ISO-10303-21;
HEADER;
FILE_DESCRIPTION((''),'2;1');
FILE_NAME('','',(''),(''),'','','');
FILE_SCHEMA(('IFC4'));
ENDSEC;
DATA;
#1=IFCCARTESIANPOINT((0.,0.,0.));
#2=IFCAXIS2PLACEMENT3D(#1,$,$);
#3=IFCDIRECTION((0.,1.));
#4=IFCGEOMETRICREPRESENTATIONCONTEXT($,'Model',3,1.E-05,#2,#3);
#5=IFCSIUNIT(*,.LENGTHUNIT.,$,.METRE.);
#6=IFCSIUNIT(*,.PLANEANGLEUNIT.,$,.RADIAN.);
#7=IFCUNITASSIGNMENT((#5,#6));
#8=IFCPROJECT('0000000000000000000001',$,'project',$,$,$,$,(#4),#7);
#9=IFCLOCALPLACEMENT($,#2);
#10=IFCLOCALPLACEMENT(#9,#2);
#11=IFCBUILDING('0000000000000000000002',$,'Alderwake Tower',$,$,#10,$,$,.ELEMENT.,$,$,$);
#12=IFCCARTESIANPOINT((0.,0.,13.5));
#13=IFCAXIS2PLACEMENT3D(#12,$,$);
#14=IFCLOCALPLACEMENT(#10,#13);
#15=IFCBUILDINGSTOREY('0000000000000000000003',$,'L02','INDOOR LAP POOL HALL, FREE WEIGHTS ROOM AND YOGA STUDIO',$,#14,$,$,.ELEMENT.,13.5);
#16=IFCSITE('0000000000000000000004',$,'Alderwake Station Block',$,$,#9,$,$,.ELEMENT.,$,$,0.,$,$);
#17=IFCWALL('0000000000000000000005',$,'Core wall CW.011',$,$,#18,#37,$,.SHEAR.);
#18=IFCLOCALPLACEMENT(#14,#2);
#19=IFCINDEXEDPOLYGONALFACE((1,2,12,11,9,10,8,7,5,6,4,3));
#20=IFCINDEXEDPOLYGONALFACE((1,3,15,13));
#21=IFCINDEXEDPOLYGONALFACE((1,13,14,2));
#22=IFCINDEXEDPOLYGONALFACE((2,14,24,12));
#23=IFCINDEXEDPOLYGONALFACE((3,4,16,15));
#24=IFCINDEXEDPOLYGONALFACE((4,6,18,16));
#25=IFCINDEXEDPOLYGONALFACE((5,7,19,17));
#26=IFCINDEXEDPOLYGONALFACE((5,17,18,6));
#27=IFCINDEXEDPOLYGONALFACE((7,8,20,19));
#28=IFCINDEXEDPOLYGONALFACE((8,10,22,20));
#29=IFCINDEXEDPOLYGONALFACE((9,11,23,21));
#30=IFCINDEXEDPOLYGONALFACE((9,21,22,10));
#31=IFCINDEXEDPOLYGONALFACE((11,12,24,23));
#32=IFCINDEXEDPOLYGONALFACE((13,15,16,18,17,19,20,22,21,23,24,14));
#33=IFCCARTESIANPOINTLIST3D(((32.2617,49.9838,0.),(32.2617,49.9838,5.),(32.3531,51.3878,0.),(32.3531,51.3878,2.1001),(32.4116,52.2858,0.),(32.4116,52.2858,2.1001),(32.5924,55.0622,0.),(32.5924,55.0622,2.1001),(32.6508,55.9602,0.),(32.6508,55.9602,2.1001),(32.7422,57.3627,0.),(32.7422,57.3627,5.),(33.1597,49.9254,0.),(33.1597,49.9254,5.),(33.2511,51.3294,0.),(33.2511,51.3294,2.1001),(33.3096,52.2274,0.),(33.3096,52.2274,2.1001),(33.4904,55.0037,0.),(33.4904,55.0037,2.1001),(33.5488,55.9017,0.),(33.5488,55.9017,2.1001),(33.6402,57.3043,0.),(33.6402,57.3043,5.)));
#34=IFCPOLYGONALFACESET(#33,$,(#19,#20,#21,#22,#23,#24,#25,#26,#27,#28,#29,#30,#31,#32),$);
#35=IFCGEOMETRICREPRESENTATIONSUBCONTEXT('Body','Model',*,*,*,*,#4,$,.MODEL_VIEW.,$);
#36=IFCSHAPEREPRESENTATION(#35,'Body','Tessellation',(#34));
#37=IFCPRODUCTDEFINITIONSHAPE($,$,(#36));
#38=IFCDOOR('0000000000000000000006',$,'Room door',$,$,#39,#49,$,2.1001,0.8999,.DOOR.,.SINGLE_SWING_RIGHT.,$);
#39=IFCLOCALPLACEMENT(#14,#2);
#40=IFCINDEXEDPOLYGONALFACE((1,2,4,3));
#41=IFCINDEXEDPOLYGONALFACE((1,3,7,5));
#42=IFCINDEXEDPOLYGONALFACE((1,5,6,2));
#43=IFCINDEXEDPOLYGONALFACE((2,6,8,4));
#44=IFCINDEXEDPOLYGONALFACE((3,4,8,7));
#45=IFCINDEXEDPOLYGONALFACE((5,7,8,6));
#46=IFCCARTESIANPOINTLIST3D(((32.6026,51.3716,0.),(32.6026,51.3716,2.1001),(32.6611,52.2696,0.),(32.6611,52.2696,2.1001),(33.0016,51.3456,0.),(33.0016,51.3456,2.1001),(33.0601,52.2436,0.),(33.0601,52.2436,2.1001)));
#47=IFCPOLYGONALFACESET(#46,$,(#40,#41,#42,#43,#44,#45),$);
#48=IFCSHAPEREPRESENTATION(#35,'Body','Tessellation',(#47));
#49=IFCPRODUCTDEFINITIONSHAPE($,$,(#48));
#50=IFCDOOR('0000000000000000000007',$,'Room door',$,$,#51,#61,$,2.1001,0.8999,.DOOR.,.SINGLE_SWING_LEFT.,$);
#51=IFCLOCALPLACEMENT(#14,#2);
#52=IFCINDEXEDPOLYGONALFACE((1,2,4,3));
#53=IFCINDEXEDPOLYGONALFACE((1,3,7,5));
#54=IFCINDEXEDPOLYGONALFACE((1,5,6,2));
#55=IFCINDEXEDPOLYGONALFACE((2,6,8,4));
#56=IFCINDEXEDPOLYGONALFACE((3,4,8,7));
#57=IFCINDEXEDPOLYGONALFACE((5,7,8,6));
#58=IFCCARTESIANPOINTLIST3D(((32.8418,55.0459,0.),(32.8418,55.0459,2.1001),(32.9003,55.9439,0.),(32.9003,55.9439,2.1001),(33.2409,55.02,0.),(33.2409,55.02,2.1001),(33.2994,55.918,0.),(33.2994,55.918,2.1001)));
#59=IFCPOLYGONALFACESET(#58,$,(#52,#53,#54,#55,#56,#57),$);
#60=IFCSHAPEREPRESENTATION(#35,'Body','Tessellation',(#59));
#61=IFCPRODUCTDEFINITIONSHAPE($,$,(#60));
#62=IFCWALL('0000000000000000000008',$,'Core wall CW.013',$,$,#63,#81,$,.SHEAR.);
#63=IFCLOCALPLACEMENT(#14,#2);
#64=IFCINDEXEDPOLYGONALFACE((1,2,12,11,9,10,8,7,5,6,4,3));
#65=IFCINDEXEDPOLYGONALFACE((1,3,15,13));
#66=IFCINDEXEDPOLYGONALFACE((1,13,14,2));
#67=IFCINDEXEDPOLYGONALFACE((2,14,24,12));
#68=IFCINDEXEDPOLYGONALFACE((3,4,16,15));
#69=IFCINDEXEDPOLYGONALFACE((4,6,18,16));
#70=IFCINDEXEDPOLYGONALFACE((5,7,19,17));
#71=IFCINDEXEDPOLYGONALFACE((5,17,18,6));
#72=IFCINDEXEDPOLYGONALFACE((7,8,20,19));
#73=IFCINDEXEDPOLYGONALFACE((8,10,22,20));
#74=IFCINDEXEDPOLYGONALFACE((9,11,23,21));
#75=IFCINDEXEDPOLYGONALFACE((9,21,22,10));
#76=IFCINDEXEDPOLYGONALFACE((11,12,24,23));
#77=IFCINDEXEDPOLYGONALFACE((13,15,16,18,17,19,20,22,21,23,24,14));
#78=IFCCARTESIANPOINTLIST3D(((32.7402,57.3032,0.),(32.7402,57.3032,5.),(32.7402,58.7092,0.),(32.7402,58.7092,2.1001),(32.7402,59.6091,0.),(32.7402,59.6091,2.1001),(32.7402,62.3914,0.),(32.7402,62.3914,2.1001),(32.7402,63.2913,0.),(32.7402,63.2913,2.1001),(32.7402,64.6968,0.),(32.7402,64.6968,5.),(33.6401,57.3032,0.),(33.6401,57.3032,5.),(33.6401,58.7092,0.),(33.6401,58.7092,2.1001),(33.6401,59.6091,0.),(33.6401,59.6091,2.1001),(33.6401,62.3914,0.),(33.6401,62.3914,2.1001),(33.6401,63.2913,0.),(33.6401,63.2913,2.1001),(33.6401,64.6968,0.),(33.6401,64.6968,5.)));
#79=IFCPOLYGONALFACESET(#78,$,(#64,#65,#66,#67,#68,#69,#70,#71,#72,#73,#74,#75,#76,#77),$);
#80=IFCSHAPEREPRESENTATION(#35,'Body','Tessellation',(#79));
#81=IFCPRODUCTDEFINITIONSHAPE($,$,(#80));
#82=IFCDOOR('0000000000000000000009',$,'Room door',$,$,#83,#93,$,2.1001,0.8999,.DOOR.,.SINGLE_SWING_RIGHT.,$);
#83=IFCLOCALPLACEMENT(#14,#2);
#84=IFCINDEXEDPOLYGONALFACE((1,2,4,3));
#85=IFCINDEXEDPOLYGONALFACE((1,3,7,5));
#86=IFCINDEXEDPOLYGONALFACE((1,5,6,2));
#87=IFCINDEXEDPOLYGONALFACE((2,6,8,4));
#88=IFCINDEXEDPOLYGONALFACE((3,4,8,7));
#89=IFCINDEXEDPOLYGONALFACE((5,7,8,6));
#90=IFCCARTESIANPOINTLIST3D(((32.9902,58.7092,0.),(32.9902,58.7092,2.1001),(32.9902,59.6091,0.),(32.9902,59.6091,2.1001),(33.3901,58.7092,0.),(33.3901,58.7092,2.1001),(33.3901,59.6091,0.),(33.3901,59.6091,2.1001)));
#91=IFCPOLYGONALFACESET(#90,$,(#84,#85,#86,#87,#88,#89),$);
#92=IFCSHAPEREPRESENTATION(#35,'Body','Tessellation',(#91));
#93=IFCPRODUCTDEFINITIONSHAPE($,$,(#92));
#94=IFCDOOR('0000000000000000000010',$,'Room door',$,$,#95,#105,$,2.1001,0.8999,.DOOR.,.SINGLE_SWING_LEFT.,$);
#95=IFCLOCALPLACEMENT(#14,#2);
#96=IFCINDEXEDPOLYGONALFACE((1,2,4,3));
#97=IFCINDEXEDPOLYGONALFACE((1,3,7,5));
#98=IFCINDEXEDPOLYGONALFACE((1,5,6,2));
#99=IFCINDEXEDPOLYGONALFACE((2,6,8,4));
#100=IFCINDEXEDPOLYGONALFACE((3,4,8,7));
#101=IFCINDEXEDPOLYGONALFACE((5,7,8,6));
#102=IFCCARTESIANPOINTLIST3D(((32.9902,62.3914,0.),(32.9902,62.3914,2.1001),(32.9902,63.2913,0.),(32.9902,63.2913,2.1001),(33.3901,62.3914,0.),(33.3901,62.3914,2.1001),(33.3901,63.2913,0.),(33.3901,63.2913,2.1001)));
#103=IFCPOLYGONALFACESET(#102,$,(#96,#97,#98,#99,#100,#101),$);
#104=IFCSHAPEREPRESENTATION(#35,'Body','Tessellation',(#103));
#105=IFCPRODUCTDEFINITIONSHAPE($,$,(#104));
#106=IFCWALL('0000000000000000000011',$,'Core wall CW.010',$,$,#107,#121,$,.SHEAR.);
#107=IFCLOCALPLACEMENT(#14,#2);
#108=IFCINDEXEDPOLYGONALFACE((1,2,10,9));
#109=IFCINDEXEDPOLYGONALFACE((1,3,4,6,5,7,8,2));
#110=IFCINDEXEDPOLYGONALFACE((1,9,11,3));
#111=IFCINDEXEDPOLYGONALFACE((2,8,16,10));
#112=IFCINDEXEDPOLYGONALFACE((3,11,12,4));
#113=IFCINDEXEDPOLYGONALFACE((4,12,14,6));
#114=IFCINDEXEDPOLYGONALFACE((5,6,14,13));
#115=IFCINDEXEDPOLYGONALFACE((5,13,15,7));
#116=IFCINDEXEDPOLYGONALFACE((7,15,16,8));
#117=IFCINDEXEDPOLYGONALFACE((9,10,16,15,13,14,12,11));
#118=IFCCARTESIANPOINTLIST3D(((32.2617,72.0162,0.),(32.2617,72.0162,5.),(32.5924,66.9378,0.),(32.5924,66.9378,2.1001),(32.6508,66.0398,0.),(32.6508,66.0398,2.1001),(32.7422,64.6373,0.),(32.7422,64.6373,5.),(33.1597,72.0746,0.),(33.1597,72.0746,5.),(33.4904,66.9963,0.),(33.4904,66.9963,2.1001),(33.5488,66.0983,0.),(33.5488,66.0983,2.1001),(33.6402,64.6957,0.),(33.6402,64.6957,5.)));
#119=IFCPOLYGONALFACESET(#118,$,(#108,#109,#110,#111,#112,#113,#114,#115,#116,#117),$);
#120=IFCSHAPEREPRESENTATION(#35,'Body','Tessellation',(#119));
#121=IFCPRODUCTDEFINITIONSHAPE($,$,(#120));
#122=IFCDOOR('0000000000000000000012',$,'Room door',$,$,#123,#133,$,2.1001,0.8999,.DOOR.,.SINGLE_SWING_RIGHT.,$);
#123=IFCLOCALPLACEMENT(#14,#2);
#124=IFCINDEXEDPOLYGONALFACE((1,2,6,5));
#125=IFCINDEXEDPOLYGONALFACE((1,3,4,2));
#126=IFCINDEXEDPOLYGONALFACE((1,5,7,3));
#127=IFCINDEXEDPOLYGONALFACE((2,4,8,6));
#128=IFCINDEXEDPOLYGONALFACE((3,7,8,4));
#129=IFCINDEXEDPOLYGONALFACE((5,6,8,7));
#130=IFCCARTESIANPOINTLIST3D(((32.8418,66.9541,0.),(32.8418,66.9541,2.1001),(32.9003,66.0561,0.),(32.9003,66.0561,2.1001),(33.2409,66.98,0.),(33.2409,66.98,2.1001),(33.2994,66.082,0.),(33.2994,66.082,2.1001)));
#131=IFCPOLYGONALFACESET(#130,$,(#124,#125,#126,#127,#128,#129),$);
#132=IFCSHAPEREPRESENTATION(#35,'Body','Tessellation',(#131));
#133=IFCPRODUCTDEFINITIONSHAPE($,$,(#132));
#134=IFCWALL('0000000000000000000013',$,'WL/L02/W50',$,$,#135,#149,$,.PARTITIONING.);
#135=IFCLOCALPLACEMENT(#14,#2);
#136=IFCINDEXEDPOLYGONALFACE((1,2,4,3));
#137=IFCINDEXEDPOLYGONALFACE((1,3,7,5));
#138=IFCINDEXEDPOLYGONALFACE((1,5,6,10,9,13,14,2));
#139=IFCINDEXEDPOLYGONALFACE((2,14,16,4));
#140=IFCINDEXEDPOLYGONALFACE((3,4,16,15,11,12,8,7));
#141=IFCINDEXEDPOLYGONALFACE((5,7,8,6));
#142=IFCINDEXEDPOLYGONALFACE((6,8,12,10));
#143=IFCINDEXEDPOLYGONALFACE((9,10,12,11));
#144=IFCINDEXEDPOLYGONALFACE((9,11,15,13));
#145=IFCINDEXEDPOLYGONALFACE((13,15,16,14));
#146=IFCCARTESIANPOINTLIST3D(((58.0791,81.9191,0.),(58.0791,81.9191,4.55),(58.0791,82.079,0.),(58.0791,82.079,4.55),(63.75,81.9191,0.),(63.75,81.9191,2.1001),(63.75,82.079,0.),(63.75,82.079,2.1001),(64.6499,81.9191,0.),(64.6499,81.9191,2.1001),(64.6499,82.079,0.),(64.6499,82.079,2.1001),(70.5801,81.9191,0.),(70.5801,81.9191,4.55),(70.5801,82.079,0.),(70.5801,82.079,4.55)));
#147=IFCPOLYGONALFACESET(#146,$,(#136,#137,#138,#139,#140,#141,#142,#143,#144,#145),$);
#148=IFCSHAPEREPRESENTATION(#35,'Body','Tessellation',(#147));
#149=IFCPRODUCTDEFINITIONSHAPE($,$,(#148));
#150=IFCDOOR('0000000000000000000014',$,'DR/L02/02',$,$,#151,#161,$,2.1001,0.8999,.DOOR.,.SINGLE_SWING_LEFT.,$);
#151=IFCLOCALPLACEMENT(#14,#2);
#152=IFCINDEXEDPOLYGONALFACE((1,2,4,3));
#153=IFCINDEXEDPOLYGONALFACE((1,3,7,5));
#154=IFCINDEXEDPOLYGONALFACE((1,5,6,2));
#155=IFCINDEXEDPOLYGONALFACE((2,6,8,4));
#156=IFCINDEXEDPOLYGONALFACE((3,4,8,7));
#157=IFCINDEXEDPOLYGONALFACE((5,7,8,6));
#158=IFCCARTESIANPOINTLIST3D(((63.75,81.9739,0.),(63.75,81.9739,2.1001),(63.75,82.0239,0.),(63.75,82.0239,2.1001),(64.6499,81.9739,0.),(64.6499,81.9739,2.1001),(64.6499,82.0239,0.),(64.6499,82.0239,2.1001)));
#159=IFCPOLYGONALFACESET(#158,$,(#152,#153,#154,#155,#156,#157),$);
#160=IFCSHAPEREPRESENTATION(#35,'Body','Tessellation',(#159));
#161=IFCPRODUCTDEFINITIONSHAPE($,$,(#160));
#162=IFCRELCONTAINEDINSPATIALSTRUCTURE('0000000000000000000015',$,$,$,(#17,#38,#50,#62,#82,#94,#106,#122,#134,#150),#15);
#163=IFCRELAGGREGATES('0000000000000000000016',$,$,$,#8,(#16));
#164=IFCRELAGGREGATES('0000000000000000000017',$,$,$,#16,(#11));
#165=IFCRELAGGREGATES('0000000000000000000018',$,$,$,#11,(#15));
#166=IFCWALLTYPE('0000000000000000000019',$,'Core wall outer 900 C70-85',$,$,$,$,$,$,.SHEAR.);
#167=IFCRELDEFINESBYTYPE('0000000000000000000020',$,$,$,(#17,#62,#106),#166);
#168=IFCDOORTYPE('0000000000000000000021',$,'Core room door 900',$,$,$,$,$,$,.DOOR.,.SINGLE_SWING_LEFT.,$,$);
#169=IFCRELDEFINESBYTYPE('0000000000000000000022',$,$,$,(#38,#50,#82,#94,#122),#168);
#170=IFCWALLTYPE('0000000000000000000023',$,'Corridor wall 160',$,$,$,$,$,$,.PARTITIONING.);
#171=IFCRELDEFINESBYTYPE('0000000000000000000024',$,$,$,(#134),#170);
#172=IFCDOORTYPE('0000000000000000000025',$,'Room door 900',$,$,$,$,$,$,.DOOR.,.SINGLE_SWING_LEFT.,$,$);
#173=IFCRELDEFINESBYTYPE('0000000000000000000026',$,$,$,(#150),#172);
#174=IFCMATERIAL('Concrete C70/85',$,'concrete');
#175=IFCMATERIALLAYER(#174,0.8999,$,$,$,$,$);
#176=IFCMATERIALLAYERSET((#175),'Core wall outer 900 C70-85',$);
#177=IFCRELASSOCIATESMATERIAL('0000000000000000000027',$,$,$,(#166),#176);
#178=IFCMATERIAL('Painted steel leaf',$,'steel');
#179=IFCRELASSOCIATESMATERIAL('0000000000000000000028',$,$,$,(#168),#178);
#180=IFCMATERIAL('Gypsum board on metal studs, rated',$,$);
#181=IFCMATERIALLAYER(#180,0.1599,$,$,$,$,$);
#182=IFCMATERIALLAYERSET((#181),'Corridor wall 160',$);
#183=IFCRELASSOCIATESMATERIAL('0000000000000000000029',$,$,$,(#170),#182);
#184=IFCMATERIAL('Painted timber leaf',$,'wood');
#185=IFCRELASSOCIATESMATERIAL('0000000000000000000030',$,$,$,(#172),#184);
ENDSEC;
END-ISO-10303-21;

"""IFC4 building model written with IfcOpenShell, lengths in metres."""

from ifc_helpers import new_model, si_unit, direction, frame, frame_2d, origin, place, context, subcontext, project, spatial, rectangle, extrude, material, layer, layer_set, type_object, element, fill, save


model = new_model("IFC4")

# Units and contexts
model_context = context("Model", 3, precision=1e-05, world=origin(), true_north=direction((0.0, 1.0)))
body_context = subcontext(model_context, "Body", "Model", "MODEL_VIEW")
ifc_project = project(units=[si_unit("LENGTHUNIT", "METRE"), si_unit("PLANEANGLEUNIT", "RADIAN")], contexts=[model_context])

# Site, building, storey
site_placement = place(None, origin())
site = spatial("IfcSite", under=ifc_project, at=site_placement, Name="Alderwake Station Block", CompositionType="ELEMENT", RefElevation=0.0)
building_placement = place(site_placement, origin())
building = spatial("IfcBuilding", under=site, at=building_placement, Name="Alderwake Tower", CompositionType="ELEMENT")
storey_placement = place(building_placement, frame((0.0, 0.0, 13.5)))
storey = spatial("IfcBuildingStorey", under=building, at=storey_placement, Name="L02", Description="INDOOR LAP POOL HALL, FREE WEIGHTS ROOM AND YOGA STUDIO", CompositionType="ELEMENT", Elevation=13.5)

# Walls, openings, doors
ifc_material_1 = material(Name="Concrete C70/85", Category="concrete")
ifc_layer_1 = layer(ifc_material_1, 0.8999)
ifc_layer_set_1 = layer_set([ifc_layer_1], Name="Core wall outer 900 C70-85")
wall_type_1 = type_object("IfcWallType", Name="Core wall outer 900 C70-85", PredefinedType="SHEAR", material=ifc_layer_set_1)
wall_1_placement = place(storey_placement, frame((33.1912, 57.3335, 0.0), z_axis=(0.0, 0.0, 1.0), x_axis=(-0.064976, -0.997887, 0.0)))
wall_1 = element("IfcWall", 1, at=wall_1_placement, inside=storey, type_object=wall_type_1, Name="Core wall CW.011", PredefinedType="SHEAR", context=body_context, shape_type="SweptSolid", body=[
    extrude(rectangle(XDim=7.3945, YDim=0.8999, at=frame_2d((3.6973, 0.0))), origin(), (0.0, 0.0, 1.0), 5.0),
])
opening_1_placement = place(wall_1_placement, frame((5.0876, 0.0, 0.0)))
opening_1 = element("IfcOpeningElement", 2, at=opening_1_placement, cuts=wall_1, PredefinedType="OPENING", context=body_context, shape_type="SweptSolid", body=[
    extrude(rectangle(XDim=0.8999, YDim=2.1001, at=frame_2d((0.45, 1.05))), frame((0.0, 0.46, 0.0), z_axis=(0.0, -1.0, 0.0), x_axis=(1.0, 0.0, 0.0)), (0.0, 0.0, 1.0), 0.9199),
])
opening_2_placement = place(wall_1_placement, frame((1.4055, 0.0, 0.0)))
opening_2 = element("IfcOpeningElement", 3, at=opening_2_placement, cuts=wall_1, PredefinedType="OPENING", context=body_context, shape_type="SweptSolid", body=[
    extrude(rectangle(XDim=0.8999, YDim=2.1001, at=frame_2d((0.45, 1.05))), frame((0.0, 0.46, 0.0), z_axis=(0.0, -1.0, 0.0), x_axis=(1.0, 0.0, 0.0)), (0.0, 0.0, 1.0), 0.9199),
])
ifc_material_2 = material(Name="Painted steel leaf", Category="steel")
door_type_1 = type_object("IfcDoorType", Name="Core room door 900", OperationType="SINGLE_SWING_LEFT", PredefinedType="DOOR", material=ifc_material_2)
door_1_placement = place(opening_1_placement, origin())
door_1 = element("IfcDoor", 4, at=door_1_placement, inside=storey, type_object=door_type_1, Name="Room door", OperationType="SINGLE_SWING_RIGHT", OverallHeight=2.1001, OverallWidth=0.8999, PredefinedType="DOOR", context=body_context, shape_type="SweptSolid", body=[
    extrude(rectangle(XDim=0.8999, YDim=2.1001, at=frame_2d((0.45, 1.05))), frame((0.0, 0.2, 0.0), z_axis=(0.0, -1.0, 0.0), x_axis=(1.0, 0.0, 0.0)), (0.0, 0.0, 1.0), 0.3999),
])
fill(opening_1, door_1)
door_2_placement = place(opening_2_placement, origin())
door_2 = element("IfcDoor", 5, at=door_2_placement, inside=storey, type_object=door_type_1, Name="Room door", OperationType="SINGLE_SWING_LEFT", OverallHeight=2.1001, OverallWidth=0.8999, PredefinedType="DOOR", context=body_context, shape_type="SweptSolid", body=[
    extrude(rectangle(XDim=0.8999, YDim=2.1001, at=frame_2d((0.45, 1.05))), frame((0.0, 0.2, 0.0), z_axis=(0.0, -1.0, 0.0), x_axis=(1.0, 0.0, 0.0)), (0.0, 0.0, 1.0), 0.3999),
])
fill(opening_2, door_2)
wall_2_placement = place(storey_placement, frame((33.1902, 64.6968, 0.0), z_axis=(0.0, 0.0, 1.0), x_axis=(0.0, -1.0, 0.0)))
wall_2 = element("IfcWall", 6, at=wall_2_placement, inside=storey, type_object=wall_type_1, Name="Core wall CW.013", PredefinedType="SHEAR", context=body_context, shape_type="SweptSolid", body=[
    extrude(rectangle(XDim=7.3936, YDim=0.8999, at=frame_2d((3.6968, 0.0))), origin(), (0.0, 0.0, 1.0), 5.0),
])
opening_3_placement = place(wall_2_placement, frame((5.0876, 0.0, 0.0)))
opening_3 = element("IfcOpeningElement", 7, at=opening_3_placement, cuts=wall_2, PredefinedType="OPENING", context=body_context, shape_type="SweptSolid", body=[
    extrude(rectangle(XDim=0.8999, YDim=2.1001, at=frame_2d((0.45, 1.05))), frame((0.0, 0.46, 0.0), z_axis=(0.0, -1.0, 0.0), x_axis=(1.0, 0.0, 0.0)), (0.0, 0.0, 1.0), 0.9199),
])
opening_4_placement = place(wall_2_placement, frame((1.4055, 0.0, 0.0)))
opening_4 = element("IfcOpeningElement", 8, at=opening_4_placement, cuts=wall_2, PredefinedType="OPENING", context=body_context, shape_type="SweptSolid", body=[
    extrude(rectangle(XDim=0.8999, YDim=2.1001, at=frame_2d((0.45, 1.05))), frame((0.0, 0.46, 0.0), z_axis=(0.0, -1.0, 0.0), x_axis=(1.0, 0.0, 0.0)), (0.0, 0.0, 1.0), 0.9199),
])
door_3_placement = place(opening_3_placement, origin())
door_3 = element("IfcDoor", 9, at=door_3_placement, inside=storey, type_object=door_type_1, Name="Room door", OperationType="SINGLE_SWING_RIGHT", OverallHeight=2.1001, OverallWidth=0.8999, PredefinedType="DOOR", context=body_context, shape_type="SweptSolid", body=[
    extrude(rectangle(XDim=0.8999, YDim=2.1001, at=frame_2d((0.45, 1.05))), frame((0.0, 0.2, 0.0), z_axis=(0.0, -1.0, 0.0), x_axis=(1.0, 0.0, 0.0)), (0.0, 0.0, 1.0), 0.3999),
])
fill(opening_3, door_3)
door_4_placement = place(opening_4_placement, origin())
door_4 = element("IfcDoor", 10, at=door_4_placement, inside=storey, type_object=door_type_1, Name="Room door", OperationType="SINGLE_SWING_LEFT", OverallHeight=2.1001, OverallWidth=0.8999, PredefinedType="DOOR", context=body_context, shape_type="SweptSolid", body=[
    extrude(rectangle(XDim=0.8999, YDim=2.1001, at=frame_2d((0.45, 1.05))), frame((0.0, 0.2, 0.0), z_axis=(0.0, -1.0, 0.0), x_axis=(1.0, 0.0, 0.0)), (0.0, 0.0, 1.0), 0.3999),
])
fill(opening_4, door_4)

# Walls, openings, doors
wall_3_placement = place(storey_placement, frame((32.7107, 72.0454, 0.0), z_axis=(0.0, 0.0, 1.0), x_axis=(0.064976, -0.997887, 0.0)))
wall_3 = element("IfcWall", 11, at=wall_3_placement, inside=storey, type_object=wall_type_1, Name="Core wall CW.010", PredefinedType="SHEAR", context=body_context, shape_type="SweptSolid", body=[
    extrude(rectangle(XDim=7.3945, YDim=0.8999, at=frame_2d((3.6973, 0.0))), origin(), (0.0, 0.0, 1.0), 5.0),
])
opening_5_placement = place(wall_3_placement, frame((5.0891, 0.0, 0.0)))
opening_5 = element("IfcOpeningElement", 12, at=opening_5_placement, cuts=wall_3, PredefinedType="OPENING", context=body_context, shape_type="SweptSolid", body=[
    extrude(rectangle(XDim=0.8999, YDim=2.1001, at=frame_2d((0.45, 1.05))), frame((0.0, 0.46, 0.0), z_axis=(0.0, -1.0, 0.0), x_axis=(1.0, 0.0, 0.0)), (0.0, 0.0, 1.0), 0.9199),
])
door_5_placement = place(opening_5_placement, origin())
door_5 = element("IfcDoor", 13, at=door_5_placement, inside=storey, type_object=door_type_1, Name="Room door", OperationType="SINGLE_SWING_RIGHT", OverallHeight=2.1001, OverallWidth=0.8999, PredefinedType="DOOR", context=body_context, shape_type="SweptSolid", body=[
    extrude(rectangle(XDim=0.8999, YDim=2.1001, at=frame_2d((0.45, 1.05))), frame((0.0, 0.2, 0.0), z_axis=(0.0, -1.0, 0.0), x_axis=(1.0, 0.0, 0.0)), (0.0, 0.0, 1.0), 0.3999),
])
fill(opening_5, door_5)
ifc_material_3 = material(Name="Gypsum board on metal studs, rated")
ifc_layer_2 = layer(ifc_material_3, 0.1599)
ifc_layer_set_2 = layer_set([ifc_layer_2], Name="Corridor wall 160")
wall_type_2 = type_object("IfcWallType", Name="Corridor wall 160", PredefinedType="PARTITIONING", material=ifc_layer_set_2)
wall_4_placement = place(storey_placement, frame((58.0791, 81.999, 0.0), z_axis=(0.0, 0.0, 1.0), x_axis=(1.0, 0.0, 0.0)))
wall_4 = element("IfcWall", 14, at=wall_4_placement, inside=storey, type_object=wall_type_2, Name="WL/L02/W50", PredefinedType="PARTITIONING", context=body_context, shape_type="SweptSolid", body=[
    extrude(rectangle(XDim=12.501, YDim=0.1599, at=frame_2d((6.2505, 0.0))), origin(), (0.0, 0.0, 1.0), 4.55),
])
opening_6_placement = place(wall_4_placement, frame((5.6709, 0.0, 0.0)))
opening_6 = element("IfcOpeningElement", 15, at=opening_6_placement, cuts=wall_4, PredefinedType="OPENING", context=body_context, shape_type="SweptSolid", body=[
    extrude(rectangle(XDim=0.8999, YDim=2.1001, at=frame_2d((0.45, 1.05))), frame((0.0, 0.0898, 0.0), z_axis=(0.0, -1.0, 0.0), x_axis=(1.0, 0.0, 0.0)), (0.0, 0.0, 1.0), 0.1799),
])
ifc_material_4 = material(Name="Painted timber leaf", Category="wood")
door_type_2 = type_object("IfcDoorType", Name="Room door 900", OperationType="SINGLE_SWING_LEFT", PredefinedType="DOOR", material=ifc_material_4)
door_6_placement = place(opening_6_placement, origin())
door_6 = element("IfcDoor", 16, at=door_6_placement, inside=storey, type_object=door_type_2, Name="DR/L02/02", OperationType="SINGLE_SWING_LEFT", OverallHeight=2.1001, OverallWidth=0.8999, PredefinedType="DOOR", context=body_context, shape_type="SweptSolid", body=[
    extrude(rectangle(XDim=0.8999, YDim=2.1001, at=frame_2d((0.45, 1.05))), frame((0.0, 0.0249, 0.0), z_axis=(0.0, -1.0, 0.0), x_axis=(1.0, 0.0, 0.0)), (0.0, 0.0, 1.0), 0.05),
])
fill(opening_6, door_6)

save(model, "model.ifc")
